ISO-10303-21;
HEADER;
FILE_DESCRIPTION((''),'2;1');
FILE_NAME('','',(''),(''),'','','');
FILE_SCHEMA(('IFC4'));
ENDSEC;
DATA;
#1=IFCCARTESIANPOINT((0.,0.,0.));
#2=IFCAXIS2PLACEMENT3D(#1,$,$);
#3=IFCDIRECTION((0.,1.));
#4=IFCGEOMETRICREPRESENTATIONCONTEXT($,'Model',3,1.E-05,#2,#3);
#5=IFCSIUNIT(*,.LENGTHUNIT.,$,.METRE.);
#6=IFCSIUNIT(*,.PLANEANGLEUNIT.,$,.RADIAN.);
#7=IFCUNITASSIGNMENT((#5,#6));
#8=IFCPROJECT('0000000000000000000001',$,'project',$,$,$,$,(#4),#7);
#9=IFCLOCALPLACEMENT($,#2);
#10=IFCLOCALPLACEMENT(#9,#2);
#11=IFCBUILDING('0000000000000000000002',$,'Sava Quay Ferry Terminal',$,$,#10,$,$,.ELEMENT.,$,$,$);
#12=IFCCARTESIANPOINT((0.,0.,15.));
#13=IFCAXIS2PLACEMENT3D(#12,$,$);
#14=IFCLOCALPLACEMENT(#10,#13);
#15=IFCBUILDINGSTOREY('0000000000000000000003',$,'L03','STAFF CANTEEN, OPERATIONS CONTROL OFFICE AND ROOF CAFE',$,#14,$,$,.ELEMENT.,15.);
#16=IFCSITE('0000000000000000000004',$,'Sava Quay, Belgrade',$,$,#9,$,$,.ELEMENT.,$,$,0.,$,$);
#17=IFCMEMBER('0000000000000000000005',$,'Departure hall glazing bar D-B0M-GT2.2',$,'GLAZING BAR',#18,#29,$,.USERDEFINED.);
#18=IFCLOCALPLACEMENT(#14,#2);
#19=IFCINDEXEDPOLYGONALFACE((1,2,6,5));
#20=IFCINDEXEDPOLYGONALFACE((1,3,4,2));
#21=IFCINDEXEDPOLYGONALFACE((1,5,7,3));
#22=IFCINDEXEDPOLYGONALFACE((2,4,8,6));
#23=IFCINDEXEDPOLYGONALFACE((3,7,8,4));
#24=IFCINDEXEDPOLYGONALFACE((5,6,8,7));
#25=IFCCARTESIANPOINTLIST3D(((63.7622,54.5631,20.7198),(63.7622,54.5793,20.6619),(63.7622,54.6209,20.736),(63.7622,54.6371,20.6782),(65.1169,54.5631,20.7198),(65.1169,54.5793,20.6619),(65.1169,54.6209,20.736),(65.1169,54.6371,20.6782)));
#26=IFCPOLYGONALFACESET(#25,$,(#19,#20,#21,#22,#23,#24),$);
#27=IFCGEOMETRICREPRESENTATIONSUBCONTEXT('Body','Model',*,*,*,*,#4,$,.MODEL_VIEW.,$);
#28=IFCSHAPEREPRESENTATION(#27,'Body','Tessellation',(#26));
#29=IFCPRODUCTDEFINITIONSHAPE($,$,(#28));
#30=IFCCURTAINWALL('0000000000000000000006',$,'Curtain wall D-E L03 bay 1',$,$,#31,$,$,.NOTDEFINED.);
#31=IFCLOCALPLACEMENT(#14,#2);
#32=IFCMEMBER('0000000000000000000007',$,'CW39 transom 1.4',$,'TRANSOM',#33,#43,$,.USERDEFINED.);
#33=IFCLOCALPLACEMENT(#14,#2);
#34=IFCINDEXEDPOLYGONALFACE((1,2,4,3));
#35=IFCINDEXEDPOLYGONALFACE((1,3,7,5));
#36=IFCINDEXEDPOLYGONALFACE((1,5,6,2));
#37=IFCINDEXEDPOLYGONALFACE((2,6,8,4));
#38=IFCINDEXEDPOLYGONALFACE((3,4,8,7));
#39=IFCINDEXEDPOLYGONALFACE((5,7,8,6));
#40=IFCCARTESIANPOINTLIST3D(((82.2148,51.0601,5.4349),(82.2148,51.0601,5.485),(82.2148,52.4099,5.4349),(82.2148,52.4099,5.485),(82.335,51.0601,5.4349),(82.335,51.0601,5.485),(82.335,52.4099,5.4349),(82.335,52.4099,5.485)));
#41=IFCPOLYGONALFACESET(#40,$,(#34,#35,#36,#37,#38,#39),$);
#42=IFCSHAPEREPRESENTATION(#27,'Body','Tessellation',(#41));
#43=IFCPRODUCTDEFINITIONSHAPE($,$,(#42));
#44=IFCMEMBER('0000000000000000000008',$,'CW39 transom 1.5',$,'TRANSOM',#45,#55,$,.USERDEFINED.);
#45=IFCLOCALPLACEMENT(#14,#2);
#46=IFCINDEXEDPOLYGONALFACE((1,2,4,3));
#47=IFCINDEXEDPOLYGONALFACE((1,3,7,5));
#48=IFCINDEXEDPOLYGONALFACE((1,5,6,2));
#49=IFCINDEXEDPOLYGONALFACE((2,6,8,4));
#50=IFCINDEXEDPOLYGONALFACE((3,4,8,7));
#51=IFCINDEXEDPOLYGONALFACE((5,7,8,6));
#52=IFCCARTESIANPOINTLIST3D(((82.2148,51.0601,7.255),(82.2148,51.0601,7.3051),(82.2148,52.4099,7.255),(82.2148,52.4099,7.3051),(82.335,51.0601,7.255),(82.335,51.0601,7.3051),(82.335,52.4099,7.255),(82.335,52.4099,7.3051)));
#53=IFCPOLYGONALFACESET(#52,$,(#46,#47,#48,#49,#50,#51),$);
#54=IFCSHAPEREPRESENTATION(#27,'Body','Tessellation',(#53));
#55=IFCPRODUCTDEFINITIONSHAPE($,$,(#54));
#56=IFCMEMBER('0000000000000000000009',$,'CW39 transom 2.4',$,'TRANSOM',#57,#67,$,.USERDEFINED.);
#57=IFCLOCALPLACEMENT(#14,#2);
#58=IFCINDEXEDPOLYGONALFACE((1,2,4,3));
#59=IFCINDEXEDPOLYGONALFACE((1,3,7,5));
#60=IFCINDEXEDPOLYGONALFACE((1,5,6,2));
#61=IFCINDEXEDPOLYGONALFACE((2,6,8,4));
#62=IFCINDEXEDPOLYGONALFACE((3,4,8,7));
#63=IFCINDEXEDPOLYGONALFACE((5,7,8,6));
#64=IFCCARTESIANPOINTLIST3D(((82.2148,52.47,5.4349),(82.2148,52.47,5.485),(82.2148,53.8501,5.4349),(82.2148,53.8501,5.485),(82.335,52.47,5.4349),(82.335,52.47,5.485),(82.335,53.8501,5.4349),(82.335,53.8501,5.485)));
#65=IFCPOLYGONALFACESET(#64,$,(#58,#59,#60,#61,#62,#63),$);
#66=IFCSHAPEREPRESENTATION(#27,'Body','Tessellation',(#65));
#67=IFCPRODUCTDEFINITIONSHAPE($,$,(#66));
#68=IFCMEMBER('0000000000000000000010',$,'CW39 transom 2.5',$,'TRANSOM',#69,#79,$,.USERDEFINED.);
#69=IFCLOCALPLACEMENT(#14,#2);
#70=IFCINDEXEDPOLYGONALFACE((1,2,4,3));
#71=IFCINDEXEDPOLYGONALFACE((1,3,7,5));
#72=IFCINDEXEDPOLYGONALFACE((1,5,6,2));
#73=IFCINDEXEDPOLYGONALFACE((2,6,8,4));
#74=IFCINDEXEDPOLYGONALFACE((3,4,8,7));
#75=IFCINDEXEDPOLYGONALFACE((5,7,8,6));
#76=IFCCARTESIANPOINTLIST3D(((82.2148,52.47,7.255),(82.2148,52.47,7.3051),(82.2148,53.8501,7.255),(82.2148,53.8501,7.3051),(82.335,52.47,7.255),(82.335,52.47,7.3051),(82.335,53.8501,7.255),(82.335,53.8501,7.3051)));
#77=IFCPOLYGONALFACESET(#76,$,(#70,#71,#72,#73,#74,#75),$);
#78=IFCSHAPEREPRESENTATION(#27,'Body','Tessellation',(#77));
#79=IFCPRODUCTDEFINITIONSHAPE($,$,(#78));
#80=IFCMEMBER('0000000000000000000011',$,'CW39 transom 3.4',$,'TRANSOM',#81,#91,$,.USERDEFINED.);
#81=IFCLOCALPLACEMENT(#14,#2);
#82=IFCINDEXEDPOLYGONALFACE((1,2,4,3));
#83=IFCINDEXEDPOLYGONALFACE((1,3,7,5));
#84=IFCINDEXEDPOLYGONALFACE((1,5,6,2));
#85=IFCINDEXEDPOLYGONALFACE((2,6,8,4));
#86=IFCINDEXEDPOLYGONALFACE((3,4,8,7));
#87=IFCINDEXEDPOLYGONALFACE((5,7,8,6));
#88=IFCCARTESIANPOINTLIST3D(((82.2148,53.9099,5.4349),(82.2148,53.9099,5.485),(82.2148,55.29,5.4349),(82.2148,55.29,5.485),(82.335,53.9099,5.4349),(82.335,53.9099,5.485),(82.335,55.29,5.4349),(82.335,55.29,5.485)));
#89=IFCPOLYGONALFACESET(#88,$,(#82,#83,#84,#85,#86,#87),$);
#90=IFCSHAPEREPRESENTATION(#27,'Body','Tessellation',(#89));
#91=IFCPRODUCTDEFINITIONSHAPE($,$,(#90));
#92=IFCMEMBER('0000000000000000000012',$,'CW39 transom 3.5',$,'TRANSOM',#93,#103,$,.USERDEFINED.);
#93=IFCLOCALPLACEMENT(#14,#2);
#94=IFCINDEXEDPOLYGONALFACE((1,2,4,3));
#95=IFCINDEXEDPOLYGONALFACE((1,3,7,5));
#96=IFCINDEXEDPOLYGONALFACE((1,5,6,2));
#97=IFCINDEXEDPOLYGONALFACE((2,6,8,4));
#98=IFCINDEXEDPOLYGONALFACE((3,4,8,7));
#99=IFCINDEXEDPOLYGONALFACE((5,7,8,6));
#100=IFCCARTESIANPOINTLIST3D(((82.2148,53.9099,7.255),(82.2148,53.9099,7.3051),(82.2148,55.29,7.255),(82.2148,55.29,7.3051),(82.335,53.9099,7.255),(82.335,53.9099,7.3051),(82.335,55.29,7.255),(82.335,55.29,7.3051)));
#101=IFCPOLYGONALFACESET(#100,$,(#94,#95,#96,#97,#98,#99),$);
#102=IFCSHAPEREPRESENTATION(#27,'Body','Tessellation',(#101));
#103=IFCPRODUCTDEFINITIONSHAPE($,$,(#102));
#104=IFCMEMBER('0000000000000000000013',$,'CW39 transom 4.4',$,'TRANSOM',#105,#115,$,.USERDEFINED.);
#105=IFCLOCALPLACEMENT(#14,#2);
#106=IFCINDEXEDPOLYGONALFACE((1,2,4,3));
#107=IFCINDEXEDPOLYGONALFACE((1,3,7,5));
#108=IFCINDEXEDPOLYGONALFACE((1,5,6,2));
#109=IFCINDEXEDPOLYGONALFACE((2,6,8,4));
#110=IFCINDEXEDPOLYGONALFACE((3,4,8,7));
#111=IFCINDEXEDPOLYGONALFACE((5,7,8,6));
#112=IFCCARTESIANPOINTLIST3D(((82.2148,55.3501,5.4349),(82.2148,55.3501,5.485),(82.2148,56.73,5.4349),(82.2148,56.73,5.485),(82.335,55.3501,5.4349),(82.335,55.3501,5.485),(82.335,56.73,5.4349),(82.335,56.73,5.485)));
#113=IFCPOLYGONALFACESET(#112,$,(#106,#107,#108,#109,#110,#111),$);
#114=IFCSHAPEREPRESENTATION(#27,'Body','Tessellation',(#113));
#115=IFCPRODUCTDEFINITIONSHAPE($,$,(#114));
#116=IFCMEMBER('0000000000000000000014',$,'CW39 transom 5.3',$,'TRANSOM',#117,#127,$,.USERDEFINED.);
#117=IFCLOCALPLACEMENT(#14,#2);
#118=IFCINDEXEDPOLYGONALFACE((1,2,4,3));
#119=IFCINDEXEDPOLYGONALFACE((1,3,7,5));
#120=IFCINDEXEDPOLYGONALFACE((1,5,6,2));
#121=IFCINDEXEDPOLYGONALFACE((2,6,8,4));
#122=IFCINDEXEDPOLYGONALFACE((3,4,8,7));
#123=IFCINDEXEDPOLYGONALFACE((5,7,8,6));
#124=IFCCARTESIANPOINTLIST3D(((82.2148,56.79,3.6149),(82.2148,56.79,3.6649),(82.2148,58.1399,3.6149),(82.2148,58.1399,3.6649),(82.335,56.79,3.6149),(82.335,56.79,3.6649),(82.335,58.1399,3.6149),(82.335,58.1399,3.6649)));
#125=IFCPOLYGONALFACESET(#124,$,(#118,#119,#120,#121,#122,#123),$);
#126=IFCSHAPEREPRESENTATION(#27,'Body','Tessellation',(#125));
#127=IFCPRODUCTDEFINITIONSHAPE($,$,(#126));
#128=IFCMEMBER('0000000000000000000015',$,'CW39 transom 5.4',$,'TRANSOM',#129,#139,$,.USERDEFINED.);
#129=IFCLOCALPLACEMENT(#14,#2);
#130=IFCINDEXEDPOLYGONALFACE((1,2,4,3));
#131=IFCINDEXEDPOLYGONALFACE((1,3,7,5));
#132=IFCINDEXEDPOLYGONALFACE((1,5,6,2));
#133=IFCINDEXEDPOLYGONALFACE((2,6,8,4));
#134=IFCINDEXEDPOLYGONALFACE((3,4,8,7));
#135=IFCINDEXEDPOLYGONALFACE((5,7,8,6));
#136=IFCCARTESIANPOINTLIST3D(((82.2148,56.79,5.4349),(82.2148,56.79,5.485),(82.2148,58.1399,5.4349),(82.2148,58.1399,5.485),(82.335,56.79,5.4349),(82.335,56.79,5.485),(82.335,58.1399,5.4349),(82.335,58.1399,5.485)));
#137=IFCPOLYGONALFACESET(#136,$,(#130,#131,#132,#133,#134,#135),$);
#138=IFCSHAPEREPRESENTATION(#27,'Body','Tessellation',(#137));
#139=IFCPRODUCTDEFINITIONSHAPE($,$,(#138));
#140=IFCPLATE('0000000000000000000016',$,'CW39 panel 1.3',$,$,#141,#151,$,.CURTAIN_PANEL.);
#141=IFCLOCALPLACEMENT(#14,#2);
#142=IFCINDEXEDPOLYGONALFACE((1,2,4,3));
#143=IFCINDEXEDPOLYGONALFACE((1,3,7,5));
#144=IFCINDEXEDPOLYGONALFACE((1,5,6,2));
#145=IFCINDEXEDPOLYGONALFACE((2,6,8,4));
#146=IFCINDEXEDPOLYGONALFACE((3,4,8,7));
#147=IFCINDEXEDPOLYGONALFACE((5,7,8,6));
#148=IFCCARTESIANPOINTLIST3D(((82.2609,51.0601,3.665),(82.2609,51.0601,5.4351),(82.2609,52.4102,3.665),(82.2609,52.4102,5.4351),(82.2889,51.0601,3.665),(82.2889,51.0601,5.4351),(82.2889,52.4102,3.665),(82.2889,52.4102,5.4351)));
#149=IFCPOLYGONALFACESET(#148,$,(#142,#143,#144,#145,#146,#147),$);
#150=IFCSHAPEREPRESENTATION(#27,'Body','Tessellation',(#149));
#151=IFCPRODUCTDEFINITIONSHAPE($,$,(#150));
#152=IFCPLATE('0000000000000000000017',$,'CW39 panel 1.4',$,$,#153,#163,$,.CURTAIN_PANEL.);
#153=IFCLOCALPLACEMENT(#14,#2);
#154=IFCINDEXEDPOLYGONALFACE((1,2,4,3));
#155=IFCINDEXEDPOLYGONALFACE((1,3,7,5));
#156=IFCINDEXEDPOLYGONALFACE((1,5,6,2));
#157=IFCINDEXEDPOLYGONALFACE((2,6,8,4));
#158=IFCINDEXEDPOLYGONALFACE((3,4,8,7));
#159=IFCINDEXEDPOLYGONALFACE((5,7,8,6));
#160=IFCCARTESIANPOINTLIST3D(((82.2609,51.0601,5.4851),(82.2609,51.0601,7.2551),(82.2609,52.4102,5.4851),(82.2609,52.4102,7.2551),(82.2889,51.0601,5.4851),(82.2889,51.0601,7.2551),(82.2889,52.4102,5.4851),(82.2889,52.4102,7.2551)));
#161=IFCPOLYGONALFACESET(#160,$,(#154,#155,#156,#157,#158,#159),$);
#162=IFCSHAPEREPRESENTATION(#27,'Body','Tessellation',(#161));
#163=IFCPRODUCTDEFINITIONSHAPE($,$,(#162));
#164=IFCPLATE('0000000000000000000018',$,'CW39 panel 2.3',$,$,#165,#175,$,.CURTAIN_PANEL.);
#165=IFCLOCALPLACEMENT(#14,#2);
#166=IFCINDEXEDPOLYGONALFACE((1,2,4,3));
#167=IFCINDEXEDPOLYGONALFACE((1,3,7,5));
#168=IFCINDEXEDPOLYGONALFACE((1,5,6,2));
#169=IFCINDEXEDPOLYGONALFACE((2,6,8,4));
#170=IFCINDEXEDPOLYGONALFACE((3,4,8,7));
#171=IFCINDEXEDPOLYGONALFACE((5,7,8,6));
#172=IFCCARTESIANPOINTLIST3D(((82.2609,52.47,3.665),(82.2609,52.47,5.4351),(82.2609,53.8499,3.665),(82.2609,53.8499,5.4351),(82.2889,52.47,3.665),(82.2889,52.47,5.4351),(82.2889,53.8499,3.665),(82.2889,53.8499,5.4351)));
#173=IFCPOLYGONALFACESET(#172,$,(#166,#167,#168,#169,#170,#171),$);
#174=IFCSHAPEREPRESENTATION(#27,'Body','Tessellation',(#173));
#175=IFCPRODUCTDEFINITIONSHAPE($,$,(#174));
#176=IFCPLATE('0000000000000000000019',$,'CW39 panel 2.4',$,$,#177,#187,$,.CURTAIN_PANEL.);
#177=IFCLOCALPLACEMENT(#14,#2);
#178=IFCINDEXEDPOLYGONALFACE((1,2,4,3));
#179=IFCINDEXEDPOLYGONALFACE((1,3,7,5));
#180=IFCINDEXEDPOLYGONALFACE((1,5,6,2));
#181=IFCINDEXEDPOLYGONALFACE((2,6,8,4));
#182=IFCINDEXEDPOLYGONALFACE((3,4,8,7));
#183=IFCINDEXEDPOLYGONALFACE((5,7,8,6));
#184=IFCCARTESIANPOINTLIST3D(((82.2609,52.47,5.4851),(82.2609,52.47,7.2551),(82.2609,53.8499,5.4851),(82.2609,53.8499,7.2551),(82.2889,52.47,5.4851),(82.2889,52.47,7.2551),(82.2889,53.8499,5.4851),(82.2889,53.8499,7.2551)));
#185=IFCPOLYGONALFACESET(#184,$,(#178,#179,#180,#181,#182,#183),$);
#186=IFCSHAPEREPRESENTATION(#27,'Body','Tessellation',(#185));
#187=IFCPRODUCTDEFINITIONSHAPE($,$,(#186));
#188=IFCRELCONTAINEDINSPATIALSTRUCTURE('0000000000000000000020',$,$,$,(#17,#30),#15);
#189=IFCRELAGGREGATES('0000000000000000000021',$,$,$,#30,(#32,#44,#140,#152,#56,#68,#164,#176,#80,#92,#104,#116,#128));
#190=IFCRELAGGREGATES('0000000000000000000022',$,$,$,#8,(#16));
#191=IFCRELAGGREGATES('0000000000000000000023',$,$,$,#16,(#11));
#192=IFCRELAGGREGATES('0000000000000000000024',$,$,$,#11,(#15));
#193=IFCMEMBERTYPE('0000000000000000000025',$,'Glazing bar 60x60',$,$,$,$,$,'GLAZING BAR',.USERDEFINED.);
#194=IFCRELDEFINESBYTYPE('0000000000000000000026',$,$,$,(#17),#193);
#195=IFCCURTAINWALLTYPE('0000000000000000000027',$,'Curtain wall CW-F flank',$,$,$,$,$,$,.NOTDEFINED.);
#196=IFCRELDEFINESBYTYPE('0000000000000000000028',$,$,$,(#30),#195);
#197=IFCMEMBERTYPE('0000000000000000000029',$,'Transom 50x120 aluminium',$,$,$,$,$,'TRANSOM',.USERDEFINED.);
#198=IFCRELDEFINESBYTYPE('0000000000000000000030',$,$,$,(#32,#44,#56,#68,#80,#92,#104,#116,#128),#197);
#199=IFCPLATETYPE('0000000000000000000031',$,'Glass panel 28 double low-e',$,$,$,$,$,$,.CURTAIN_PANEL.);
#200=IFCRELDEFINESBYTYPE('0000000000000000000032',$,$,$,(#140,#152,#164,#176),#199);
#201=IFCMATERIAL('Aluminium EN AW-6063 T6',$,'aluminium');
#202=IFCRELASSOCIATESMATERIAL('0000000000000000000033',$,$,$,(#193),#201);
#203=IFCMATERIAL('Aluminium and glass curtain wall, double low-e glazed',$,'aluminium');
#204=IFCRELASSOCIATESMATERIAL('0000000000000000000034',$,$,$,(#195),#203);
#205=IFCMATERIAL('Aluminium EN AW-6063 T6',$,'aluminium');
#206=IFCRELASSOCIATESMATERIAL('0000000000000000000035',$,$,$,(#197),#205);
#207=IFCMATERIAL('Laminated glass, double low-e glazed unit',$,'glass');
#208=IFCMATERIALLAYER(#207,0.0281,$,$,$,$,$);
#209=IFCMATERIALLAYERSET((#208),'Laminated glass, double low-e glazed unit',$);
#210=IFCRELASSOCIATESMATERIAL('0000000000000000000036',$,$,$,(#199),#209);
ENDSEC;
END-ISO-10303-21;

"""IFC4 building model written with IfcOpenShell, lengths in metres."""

from ifc_helpers import new_model, si_unit, direction, frame, origin, origin_2d, place, context, subcontext, project, spatial, rectangle, extrude, material, layer, layer_set, material_profile, profile_set, type_object, element, aggregate, save


model = new_model("IFC4")

# Units and contexts
model_context = context("Model", 3, precision=1e-05, world=origin(), true_north=direction((0.0, 1.0)))
body_context = subcontext(model_context, "Body", "Model", "MODEL_VIEW")
ifc_project = project(units=[si_unit("LENGTHUNIT", "METRE"), si_unit("PLANEANGLEUNIT", "RADIAN")], contexts=[model_context])

# Site, building, storey
site_placement = place(None, origin())
site = spatial("IfcSite", under=ifc_project, at=site_placement, Name="Sava Quay, Belgrade", CompositionType="ELEMENT", RefElevation=0.0)
building_placement = place(site_placement, origin())
building = spatial("IfcBuilding", under=site, at=building_placement, Name="Sava Quay Ferry Terminal", CompositionType="ELEMENT")
storey_placement = place(building_placement, frame((0.0, 0.0, 15.0)))
storey = spatial("IfcBuildingStorey", under=building, at=storey_placement, Name="L03", Description="STAFF CANTEEN, OPERATIONS CONTROL OFFICE AND ROOF CAFE", CompositionType="ELEMENT", Elevation=15.0)

# Member
ifc_material_1 = material(Name="Aluminium EN AW-6063 T6", Category="aluminium")
ifc_material_profile_1 = material_profile(ifc_material_1, rectangle(XDim=0.0601, YDim=0.0601, at=origin_2d()), Name="Bar 60 x 60")
ifc_profile_set_1 = profile_set([ifc_material_profile_1], Name="Aluminium EN AW-6063 T6")
member_type_1 = type_object("IfcMemberType", Name="Glazing bar 60x60", ElementType="GLAZING BAR", PredefinedType="USERDEFINED", material=ifc_profile_set_1)
member_1_placement = place(storey_placement, frame((63.7622, 54.6001, 20.699), z_axis=(1.0, 0.0, 0.0), x_axis=(0.0, 0.962815, 0.270161)))
element("IfcMember", 1, at=member_1_placement, inside=storey, type_object=member_type_1, Name="Departure hall glazing bar D-B0M-GT2.2", ObjectType="GLAZING BAR", PredefinedType="USERDEFINED", context=body_context, shape_type="SweptSolid", body=[
    extrude(rectangle(XDim=0.0601, YDim=0.0601, at=origin_2d()), origin(), (0.0, 0.0, 1.0), 1.3547),
])

# Curtain wall, members, plates
ifc_material_2 = material(Name="Aluminium and glass curtain wall, double low-e glazed", Category="aluminium")
curtain_wall_type = type_object("IfcCurtainWallType", Name="Curtain wall CW-F flank", PredefinedType="NOTDEFINED", material=ifc_material_2)
curtain_wall_placement = place(storey_placement, origin())
curtain_wall = element("IfcCurtainWall", 2, at=curtain_wall_placement, inside=storey, type_object=curtain_wall_type, Name="Curtain wall D-E L03 bay 1", PredefinedType="NOTDEFINED")
ifc_material_3 = material(Name="Aluminium EN AW-6063 T6", Category="aluminium")
ifc_material_profile_2 = material_profile(ifc_material_3, rectangle(XDim=0.1201, YDim=0.05, at=origin_2d()), Name="Transom 50x120 aluminium")
ifc_profile_set_2 = profile_set([ifc_material_profile_2], Name="Aluminium EN AW-6063 T6")
member_type_2 = type_object("IfcMemberType", Name="Transom 50x120 aluminium", ElementType="TRANSOM", PredefinedType="USERDEFINED", material=ifc_profile_set_2)
member_2_placement = place(storey_placement, frame((82.2749, 51.0601, 5.46), z_axis=(0.0, 1.0, 0.0), x_axis=(-1.0, 0.0, 0.0)))
member_2 = element("IfcMember", 3, at=member_2_placement, type_object=member_type_2, Name="CW39 transom 1.4", ObjectType="TRANSOM", PredefinedType="USERDEFINED", context=body_context, shape_type="SweptSolid", body=[
    extrude(rectangle(XDim=0.1201, YDim=0.05, at=origin_2d()), origin(), (0.0, 0.0, 1.0), 1.3499),
])
member_3_placement = place(storey_placement, frame((82.2749, 51.0601, 7.28), z_axis=(0.0, 1.0, 0.0), x_axis=(-1.0, 0.0, 0.0)))
member_3 = element("IfcMember", 4, at=member_3_placement, type_object=member_type_2, Name="CW39 transom 1.5", ObjectType="TRANSOM", PredefinedType="USERDEFINED", context=body_context, shape_type="SweptSolid", body=[
    extrude(rectangle(XDim=0.1201, YDim=0.05, at=origin_2d()), origin(), (0.0, 0.0, 1.0), 1.3499),
])
member_4_placement = place(storey_placement, frame((82.2749, 52.47, 5.46), z_axis=(0.0, 1.0, 0.0), x_axis=(-1.0, 0.0, 0.0)))
member_4 = element("IfcMember", 5, at=member_4_placement, type_object=member_type_2, Name="CW39 transom 2.4", ObjectType="TRANSOM", PredefinedType="USERDEFINED", context=body_context, shape_type="SweptSolid", body=[
    extrude(rectangle(XDim=0.1201, YDim=0.05, at=origin_2d()), origin(), (0.0, 0.0, 1.0), 1.3801),
])
member_5_placement = place(storey_placement, frame((82.2749, 52.47, 7.28), z_axis=(0.0, 1.0, 0.0), x_axis=(-1.0, 0.0, 0.0)))
member_5 = element("IfcMember", 6, at=member_5_placement, type_object=member_type_2, Name="CW39 transom 2.5", ObjectType="TRANSOM", PredefinedType="USERDEFINED", context=body_context, shape_type="SweptSolid", body=[
    extrude(rectangle(XDim=0.1201, YDim=0.05, at=origin_2d()), origin(), (0.0, 0.0, 1.0), 1.3801),
])
member_6_placement = place(storey_placement, frame((82.2749, 53.9099, 5.46), z_axis=(0.0, 1.0, 0.0), x_axis=(-1.0, 0.0, 0.0)))
member_6 = element("IfcMember", 7, at=member_6_placement, type_object=member_type_2, Name="CW39 transom 3.4", ObjectType="TRANSOM", PredefinedType="USERDEFINED", context=body_context, shape_type="SweptSolid", body=[
    extrude(rectangle(XDim=0.1201, YDim=0.05, at=origin_2d()), origin(), (0.0, 0.0, 1.0), 1.3801),
])
member_7_placement = place(storey_placement, frame((82.2749, 53.9099, 7.28), z_axis=(0.0, 1.0, 0.0), x_axis=(-1.0, 0.0, 0.0)))
member_7 = element("IfcMember", 8, at=member_7_placement, type_object=member_type_2, Name="CW39 transom 3.5", ObjectType="TRANSOM", PredefinedType="USERDEFINED", context=body_context, shape_type="SweptSolid", body=[
    extrude(rectangle(XDim=0.1201, YDim=0.05, at=origin_2d()), origin(), (0.0, 0.0, 1.0), 1.3801),
])
member_8_placement = place(storey_placement, frame((82.2749, 55.3501, 5.46), z_axis=(0.0, 1.0, 0.0), x_axis=(-1.0, 0.0, 0.0)))
member_8 = element("IfcMember", 9, at=member_8_placement, type_object=member_type_2, Name="CW39 transom 4.4", ObjectType="TRANSOM", PredefinedType="USERDEFINED", context=body_context, shape_type="SweptSolid", body=[
    extrude(rectangle(XDim=0.1201, YDim=0.05, at=origin_2d()), origin(), (0.0, 0.0, 1.0), 1.3799),
])
member_9_placement = place(storey_placement, frame((82.2749, 56.79, 3.6399), z_axis=(0.0, 1.0, 0.0), x_axis=(-1.0, 0.0, 0.0)))
member_9 = element("IfcMember", 10, at=member_9_placement, type_object=member_type_2, Name="CW39 transom 5.3", ObjectType="TRANSOM", PredefinedType="USERDEFINED", context=body_context, shape_type="SweptSolid", body=[
    extrude(rectangle(XDim=0.1201, YDim=0.05, at=origin_2d()), origin(), (0.0, 0.0, 1.0), 1.3499),
])
member_10_placement = place(storey_placement, frame((82.2749, 56.79, 5.46), z_axis=(0.0, 1.0, 0.0), x_axis=(-1.0, 0.0, 0.0)))
member_10 = element("IfcMember", 11, at=member_10_placement, type_object=member_type_2, Name="CW39 transom 5.4", ObjectType="TRANSOM", PredefinedType="USERDEFINED", context=body_context, shape_type="SweptSolid", body=[
    extrude(rectangle(XDim=0.1201, YDim=0.05, at=origin_2d()), origin(), (0.0, 0.0, 1.0), 1.3499),
])
ifc_material_4 = material(Name="Laminated glass, double low-e glazed unit", Category="glass")
ifc_layer_1 = layer(ifc_material_4, 0.0281)
ifc_layer_set_1 = layer_set([ifc_layer_1], Name="Laminated glass, double low-e glazed unit")
plate_type = type_object("IfcPlateType", Name="Glass panel 28 double low-e", PredefinedType="CURTAIN_PANEL", material=ifc_layer_set_1)
plate_1_placement = place(storey_placement, frame((82.2749, 51.7351, 3.665), z_axis=(0.0, 0.0, 1.0), x_axis=(0.0, 1.0, 0.0)))
plate_1 = element("IfcPlate", 12, at=plate_1_placement, type_object=plate_type, Name="CW39 panel 1.3", PredefinedType="CURTAIN_PANEL", context=body_context, shape_type="SweptSolid", body=[
    extrude(rectangle(XDim=1.3501, YDim=0.0281, at=origin_2d()), origin(), (0.0, 0.0, 1.0), 1.77),
])
plate_2_placement = place(storey_placement, frame((82.2749, 51.7351, 5.4851), z_axis=(0.0, 0.0, 1.0), x_axis=(0.0, 1.0, 0.0)))
plate_2 = element("IfcPlate", 13, at=plate_2_placement, type_object=plate_type, Name="CW39 panel 1.4", PredefinedType="CURTAIN_PANEL", context=body_context, shape_type="SweptSolid", body=[
    extrude(rectangle(XDim=1.3501, YDim=0.0281, at=origin_2d()), origin(), (0.0, 0.0, 1.0), 1.77),
])
plate_3_placement = place(storey_placement, frame((82.2749, 53.1599, 3.665), z_axis=(0.0, 0.0, 1.0), x_axis=(0.0, 1.0, 0.0)))
plate_3 = element("IfcPlate", 14, at=plate_3_placement, type_object=plate_type, Name="CW39 panel 2.3", PredefinedType="CURTAIN_PANEL", context=body_context, shape_type="SweptSolid", body=[
    extrude(rectangle(XDim=1.3799, YDim=0.0281, at=origin_2d()), origin(), (0.0, 0.0, 1.0), 1.77),
])
plate_4_placement = place(storey_placement, frame((82.2749, 53.1599, 5.4851), z_axis=(0.0, 0.0, 1.0), x_axis=(0.0, 1.0, 0.0)))
plate_4 = element("IfcPlate", 15, at=plate_4_placement, type_object=plate_type, Name="CW39 panel 2.4", PredefinedType="CURTAIN_PANEL", context=body_context, shape_type="SweptSolid", body=[
    extrude(rectangle(XDim=1.3799, YDim=0.0281, at=origin_2d()), origin(), (0.0, 0.0, 1.0), 1.77),
])
aggregate(curtain_wall, [member_2, member_3, plate_1, plate_2, member_4, member_5, plate_3, plate_4, member_6, member_7, member_8, member_9, member_10])

save(model, "model.ifc")
